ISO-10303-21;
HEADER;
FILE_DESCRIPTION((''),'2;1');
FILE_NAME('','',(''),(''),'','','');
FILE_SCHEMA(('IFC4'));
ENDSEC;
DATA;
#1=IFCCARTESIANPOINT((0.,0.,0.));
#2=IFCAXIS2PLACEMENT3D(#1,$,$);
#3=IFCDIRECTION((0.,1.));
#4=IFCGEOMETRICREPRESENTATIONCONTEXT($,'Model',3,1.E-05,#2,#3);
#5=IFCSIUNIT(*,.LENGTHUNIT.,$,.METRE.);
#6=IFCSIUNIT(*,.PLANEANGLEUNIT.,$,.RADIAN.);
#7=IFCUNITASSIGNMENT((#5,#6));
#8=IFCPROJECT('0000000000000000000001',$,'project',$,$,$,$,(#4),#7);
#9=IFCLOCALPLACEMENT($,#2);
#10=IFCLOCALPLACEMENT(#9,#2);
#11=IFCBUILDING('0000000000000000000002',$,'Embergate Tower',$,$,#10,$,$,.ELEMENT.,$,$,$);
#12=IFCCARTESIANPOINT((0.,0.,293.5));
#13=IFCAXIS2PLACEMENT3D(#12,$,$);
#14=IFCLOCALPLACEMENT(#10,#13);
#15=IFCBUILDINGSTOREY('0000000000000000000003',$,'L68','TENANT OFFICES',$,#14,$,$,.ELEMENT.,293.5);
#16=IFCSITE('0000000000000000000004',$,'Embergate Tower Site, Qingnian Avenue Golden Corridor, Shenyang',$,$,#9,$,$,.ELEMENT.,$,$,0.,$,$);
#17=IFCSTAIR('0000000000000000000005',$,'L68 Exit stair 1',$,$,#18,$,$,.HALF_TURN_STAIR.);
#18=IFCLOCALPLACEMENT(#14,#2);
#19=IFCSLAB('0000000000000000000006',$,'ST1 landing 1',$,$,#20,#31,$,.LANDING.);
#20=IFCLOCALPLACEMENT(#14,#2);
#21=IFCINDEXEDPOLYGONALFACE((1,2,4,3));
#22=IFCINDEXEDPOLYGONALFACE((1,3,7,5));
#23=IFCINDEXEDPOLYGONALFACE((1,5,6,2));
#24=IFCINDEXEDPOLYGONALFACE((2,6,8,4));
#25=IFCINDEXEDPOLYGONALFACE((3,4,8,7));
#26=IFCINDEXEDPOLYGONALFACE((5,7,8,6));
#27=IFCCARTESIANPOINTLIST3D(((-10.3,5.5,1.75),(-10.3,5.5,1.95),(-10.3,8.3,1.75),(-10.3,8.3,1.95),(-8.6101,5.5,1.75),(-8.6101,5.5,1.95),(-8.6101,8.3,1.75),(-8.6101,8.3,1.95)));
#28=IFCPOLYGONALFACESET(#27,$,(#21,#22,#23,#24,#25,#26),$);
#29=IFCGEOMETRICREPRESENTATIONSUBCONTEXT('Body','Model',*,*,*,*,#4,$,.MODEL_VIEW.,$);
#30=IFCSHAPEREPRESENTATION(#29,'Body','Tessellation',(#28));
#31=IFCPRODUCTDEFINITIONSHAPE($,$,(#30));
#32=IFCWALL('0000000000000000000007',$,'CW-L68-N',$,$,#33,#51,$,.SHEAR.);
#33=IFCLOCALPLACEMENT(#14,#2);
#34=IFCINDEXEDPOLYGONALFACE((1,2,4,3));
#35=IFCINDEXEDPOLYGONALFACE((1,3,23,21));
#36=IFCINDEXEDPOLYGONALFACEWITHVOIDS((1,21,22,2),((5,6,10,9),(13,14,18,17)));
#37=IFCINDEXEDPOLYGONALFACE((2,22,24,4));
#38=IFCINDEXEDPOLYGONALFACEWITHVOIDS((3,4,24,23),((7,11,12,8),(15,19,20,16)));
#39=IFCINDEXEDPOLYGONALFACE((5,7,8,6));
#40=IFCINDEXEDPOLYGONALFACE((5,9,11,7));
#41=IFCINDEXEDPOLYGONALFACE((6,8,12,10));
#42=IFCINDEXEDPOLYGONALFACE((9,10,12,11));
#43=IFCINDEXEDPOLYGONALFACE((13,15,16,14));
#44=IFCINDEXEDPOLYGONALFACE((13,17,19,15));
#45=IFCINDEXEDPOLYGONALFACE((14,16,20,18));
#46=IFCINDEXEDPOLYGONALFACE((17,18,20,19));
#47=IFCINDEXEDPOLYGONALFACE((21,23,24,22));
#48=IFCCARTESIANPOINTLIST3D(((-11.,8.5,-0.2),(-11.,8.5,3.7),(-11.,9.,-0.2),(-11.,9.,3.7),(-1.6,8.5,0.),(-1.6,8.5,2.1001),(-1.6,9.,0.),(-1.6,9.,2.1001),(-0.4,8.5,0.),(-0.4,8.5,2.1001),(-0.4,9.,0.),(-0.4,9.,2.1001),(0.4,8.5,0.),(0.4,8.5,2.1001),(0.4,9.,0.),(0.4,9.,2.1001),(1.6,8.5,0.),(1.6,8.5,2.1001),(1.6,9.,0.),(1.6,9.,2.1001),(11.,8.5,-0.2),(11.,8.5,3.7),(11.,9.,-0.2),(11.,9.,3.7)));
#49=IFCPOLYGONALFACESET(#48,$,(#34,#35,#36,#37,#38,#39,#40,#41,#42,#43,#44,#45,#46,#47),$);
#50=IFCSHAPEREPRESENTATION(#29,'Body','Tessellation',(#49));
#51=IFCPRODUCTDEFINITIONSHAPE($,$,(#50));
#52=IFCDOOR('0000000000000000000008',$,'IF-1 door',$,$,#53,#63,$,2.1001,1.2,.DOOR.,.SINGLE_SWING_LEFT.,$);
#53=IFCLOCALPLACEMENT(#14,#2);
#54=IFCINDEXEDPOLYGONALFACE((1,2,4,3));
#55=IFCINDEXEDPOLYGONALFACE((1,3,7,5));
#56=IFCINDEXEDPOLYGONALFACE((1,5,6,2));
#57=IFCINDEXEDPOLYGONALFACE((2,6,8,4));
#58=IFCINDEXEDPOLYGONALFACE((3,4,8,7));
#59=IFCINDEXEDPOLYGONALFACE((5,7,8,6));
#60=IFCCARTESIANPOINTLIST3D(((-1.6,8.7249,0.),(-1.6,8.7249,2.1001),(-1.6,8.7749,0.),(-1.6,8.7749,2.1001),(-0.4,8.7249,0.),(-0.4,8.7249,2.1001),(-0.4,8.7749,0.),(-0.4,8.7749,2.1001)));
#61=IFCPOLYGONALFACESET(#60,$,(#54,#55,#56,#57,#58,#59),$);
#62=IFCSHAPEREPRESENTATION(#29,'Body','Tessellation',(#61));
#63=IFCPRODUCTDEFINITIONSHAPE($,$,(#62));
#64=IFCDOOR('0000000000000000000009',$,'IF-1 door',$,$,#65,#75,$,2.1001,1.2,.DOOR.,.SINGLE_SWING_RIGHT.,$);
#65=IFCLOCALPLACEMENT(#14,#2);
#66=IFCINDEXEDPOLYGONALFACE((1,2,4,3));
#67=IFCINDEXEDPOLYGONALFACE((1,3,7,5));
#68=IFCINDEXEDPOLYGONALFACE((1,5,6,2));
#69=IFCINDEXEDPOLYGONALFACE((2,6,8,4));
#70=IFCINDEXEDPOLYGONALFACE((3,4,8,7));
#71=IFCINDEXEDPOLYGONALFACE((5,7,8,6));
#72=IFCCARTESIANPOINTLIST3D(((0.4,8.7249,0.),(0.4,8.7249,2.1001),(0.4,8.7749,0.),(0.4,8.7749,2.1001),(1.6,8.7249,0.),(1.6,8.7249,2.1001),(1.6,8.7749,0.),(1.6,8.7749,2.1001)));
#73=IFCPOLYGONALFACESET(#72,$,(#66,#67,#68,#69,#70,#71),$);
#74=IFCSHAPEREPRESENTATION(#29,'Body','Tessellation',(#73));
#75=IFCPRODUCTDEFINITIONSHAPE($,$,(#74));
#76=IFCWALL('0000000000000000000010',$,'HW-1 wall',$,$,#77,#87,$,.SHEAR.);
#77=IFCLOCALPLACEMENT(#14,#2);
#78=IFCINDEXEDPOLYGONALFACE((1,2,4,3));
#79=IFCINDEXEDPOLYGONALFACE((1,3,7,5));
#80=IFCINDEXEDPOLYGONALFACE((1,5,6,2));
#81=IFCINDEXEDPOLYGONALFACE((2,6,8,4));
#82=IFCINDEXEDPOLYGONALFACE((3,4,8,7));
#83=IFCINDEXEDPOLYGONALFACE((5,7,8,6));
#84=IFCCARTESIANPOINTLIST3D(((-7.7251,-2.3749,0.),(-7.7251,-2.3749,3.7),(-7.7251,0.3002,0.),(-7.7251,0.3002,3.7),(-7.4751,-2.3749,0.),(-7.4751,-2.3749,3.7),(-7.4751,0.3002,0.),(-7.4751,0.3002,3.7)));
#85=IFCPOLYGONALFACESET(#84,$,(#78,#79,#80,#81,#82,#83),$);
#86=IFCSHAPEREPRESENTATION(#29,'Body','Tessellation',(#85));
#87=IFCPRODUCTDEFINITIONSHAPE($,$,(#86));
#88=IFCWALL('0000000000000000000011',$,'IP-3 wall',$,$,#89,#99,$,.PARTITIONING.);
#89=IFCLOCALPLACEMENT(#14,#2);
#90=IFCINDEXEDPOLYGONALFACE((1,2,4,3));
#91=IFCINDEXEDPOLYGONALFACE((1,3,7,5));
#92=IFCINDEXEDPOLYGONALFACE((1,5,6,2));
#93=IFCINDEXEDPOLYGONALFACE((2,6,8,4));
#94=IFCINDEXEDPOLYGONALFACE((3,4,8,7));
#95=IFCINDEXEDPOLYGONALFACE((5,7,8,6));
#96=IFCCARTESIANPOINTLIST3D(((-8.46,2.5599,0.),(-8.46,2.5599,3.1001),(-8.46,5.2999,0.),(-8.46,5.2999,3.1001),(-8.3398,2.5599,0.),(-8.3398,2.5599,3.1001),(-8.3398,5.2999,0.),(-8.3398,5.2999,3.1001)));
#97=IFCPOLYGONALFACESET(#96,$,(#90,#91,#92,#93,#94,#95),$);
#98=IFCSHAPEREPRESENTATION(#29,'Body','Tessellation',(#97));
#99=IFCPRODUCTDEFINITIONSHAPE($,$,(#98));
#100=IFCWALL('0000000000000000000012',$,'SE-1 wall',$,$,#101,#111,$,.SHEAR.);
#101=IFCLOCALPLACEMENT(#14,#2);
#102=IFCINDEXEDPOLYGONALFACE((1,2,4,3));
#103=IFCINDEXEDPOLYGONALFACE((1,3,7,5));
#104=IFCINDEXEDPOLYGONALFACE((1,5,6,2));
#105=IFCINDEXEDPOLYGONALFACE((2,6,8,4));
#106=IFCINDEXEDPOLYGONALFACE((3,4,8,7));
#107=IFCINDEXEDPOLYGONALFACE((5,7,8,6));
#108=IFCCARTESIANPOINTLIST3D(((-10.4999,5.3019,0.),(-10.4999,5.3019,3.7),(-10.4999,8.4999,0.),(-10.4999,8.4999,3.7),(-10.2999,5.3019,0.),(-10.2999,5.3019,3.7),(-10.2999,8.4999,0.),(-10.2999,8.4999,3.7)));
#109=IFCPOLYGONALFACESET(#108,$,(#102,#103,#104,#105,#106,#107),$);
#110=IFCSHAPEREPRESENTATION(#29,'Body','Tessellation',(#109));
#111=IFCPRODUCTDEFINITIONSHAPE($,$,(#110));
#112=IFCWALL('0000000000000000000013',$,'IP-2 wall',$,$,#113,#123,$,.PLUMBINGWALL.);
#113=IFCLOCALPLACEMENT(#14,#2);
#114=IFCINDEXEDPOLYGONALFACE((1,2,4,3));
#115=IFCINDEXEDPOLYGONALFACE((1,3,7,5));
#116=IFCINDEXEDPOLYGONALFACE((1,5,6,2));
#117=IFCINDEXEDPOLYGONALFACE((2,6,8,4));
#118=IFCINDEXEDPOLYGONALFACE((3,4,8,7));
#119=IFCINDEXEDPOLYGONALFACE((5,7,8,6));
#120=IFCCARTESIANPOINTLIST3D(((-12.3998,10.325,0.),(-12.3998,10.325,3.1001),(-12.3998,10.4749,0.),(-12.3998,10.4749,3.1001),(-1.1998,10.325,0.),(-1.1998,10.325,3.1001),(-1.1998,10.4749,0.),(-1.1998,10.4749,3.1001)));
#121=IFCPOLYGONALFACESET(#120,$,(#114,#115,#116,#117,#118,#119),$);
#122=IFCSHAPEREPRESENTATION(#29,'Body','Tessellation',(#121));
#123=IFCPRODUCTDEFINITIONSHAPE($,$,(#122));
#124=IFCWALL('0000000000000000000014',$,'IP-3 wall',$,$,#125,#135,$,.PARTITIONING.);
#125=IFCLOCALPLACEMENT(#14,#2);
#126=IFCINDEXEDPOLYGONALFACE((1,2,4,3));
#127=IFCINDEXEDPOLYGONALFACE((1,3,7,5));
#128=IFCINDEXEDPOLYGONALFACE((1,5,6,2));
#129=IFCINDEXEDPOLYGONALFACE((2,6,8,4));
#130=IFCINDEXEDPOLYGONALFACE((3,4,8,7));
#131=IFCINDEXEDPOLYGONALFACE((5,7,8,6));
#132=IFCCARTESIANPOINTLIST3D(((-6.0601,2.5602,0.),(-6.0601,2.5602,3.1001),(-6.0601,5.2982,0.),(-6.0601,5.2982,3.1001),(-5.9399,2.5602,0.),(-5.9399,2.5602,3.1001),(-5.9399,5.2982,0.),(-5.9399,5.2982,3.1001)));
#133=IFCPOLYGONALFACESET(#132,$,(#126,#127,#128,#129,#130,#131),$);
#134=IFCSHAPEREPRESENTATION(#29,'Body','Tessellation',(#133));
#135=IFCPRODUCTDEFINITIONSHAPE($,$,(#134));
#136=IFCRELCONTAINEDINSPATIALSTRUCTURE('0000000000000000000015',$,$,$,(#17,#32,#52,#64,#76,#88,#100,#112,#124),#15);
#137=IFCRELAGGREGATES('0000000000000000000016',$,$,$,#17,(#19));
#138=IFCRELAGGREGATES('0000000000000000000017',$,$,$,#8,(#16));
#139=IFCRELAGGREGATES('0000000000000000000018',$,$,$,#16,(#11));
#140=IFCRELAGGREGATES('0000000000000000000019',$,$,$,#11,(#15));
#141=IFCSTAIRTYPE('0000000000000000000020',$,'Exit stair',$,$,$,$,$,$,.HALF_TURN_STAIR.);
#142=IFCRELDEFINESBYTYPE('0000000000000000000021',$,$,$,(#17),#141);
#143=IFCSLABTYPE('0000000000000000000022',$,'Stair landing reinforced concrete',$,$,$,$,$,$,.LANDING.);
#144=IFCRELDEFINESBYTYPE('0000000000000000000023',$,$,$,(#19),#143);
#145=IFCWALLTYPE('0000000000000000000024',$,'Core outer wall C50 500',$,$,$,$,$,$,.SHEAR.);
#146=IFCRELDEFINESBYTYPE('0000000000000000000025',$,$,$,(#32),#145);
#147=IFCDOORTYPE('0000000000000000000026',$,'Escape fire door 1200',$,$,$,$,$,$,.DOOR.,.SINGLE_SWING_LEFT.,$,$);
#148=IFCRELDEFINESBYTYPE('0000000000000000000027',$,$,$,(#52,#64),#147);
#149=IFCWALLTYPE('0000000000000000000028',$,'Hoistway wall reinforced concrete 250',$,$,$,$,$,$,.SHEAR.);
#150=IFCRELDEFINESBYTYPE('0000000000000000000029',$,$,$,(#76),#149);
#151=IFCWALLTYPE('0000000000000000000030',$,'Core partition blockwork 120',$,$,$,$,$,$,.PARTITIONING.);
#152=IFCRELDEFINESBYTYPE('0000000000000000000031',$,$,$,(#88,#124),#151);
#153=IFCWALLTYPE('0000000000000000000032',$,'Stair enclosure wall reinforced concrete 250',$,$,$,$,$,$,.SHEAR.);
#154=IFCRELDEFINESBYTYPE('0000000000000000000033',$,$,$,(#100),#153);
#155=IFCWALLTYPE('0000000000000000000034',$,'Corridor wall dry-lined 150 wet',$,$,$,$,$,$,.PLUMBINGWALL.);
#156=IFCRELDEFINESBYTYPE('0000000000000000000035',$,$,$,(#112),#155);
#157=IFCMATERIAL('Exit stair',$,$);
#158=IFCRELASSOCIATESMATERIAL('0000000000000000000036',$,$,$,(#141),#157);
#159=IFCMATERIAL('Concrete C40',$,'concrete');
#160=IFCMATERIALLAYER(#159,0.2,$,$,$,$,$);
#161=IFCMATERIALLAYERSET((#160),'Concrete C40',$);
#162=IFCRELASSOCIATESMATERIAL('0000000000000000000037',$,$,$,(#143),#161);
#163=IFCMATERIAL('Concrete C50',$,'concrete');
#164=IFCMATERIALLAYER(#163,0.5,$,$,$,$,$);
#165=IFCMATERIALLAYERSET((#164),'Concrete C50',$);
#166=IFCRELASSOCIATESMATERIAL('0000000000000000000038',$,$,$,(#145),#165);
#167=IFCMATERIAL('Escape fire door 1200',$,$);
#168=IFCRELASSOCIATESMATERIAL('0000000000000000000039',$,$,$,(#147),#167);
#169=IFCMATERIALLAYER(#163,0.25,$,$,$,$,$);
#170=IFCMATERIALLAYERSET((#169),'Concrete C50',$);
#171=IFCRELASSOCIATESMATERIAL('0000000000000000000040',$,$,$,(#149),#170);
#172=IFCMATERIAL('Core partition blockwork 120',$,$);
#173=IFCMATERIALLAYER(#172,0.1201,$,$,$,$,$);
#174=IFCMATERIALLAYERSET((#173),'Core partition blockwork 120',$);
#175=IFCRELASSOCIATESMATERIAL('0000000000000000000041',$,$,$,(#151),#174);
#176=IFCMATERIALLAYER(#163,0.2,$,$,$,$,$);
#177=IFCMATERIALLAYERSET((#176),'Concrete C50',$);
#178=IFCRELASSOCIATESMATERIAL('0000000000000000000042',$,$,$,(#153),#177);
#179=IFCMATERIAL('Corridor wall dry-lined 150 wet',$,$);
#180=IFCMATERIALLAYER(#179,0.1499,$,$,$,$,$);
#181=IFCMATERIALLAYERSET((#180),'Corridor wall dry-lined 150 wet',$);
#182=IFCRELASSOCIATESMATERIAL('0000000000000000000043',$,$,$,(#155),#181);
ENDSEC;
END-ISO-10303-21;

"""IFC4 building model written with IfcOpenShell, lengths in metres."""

from ifc_helpers import new_model, si_unit, direction, frame, frame_2d, origin, place, context, subcontext, project, spatial, polyline, rectangle, outline, extrude, source, transform, mapped, material, layer, layer_set, type_object, element, fill, aggregate, save


model = new_model("IFC4")

# Units and contexts
model_context = context("Model", 3, precision=1e-05, world=origin(), true_north=direction((0.0, 1.0)))
body_context = subcontext(model_context, "Body", "Model", "MODEL_VIEW")
ifc_project = project(units=[si_unit("LENGTHUNIT", "METRE"), si_unit("PLANEANGLEUNIT", "RADIAN")], contexts=[model_context])

# Site, building, storey
site_placement = place(None, origin())
site = spatial("IfcSite", under=ifc_project, at=site_placement, Name="Embergate Tower Site, Qingnian Avenue Golden Corridor, Shenyang", CompositionType="ELEMENT", RefElevation=0.0)
building_placement = place(site_placement, origin())
building = spatial("IfcBuilding", under=site, at=building_placement, Name="Embergate Tower", CompositionType="ELEMENT")
storey_placement = place(building_placement, frame((0.0, 0.0, 293.5)))
storey = spatial("IfcBuildingStorey", under=building, at=storey_placement, Name="L68", Description="TENANT OFFICES", CompositionType="ELEMENT", Elevation=293.5)

# Stair, slab
ifc_material_1 = material(Name="Exit stair")
stair_type = type_object("IfcStairType", Name="Exit stair", PredefinedType="HALF_TURN_STAIR", material=ifc_material_1)
stair_placement = place(storey_placement, origin())
stair = element("IfcStair", 1, at=stair_placement, inside=storey, type_object=stair_type, Name="L68 Exit stair 1", PredefinedType="HALF_TURN_STAIR")
ifc_material_2 = material(Name="Concrete C40", Category="concrete")
ifc_layer_1 = layer(ifc_material_2, 0.2)
ifc_layer_set_1 = layer_set([ifc_layer_1], Name="Concrete C40")
slab_type = type_object("IfcSlabType", Name="Stair landing reinforced concrete", PredefinedType="LANDING", material=ifc_layer_set_1)
shared_shape_1 = source(origin(), body_context, "Body", "SweptSolid", [
    extrude(outline(polyline([(0.0, 0.0), (1.6899, 0.0), (1.6899, 2.8), (0.0, 2.8), (0.0, 0.0)])), origin(), (0.0, 0.0, 1.0), 0.2),
])
slab_placement = place(storey_placement, frame((-10.3, 5.5, 1.75)))
slab = element("IfcSlab", 2, at=slab_placement, type_object=slab_type, Name="ST1 landing 1", PredefinedType="LANDING", context=body_context, shape_type="MappedRepresentation", body=[
    mapped(shared_shape_1, transform((0.0, 0.0, 0.0))),
])

# Wall, openings, doors
ifc_material_3 = material(Name="Concrete C50", Category="concrete")
ifc_layer_2 = layer(ifc_material_3, 0.5)
ifc_layer_set_2 = layer_set([ifc_layer_2], Name="Concrete C50")
wall_type_1 = type_object("IfcWallType", Name="Core outer wall C50 500", PredefinedType="SHEAR", material=ifc_layer_set_2)
shared_shape_2 = source(origin(), body_context, "Body", "SweptSolid", [
    extrude(rectangle(XDim=22.0, YDim=0.5, at=frame_2d((11.0, 0.0))), origin(), (0.0, 0.0, 1.0), 3.8999),
])
wall_1_placement = place(storey_placement, frame((-11.0, 8.75, -0.2), z_axis=(0.0, 0.0, 1.0), x_axis=(1.0, 0.0, 0.0)))
wall_1 = element("IfcWall", 3, at=wall_1_placement, inside=storey, type_object=wall_type_1, Name="CW-L68-N", PredefinedType="SHEAR", context=body_context, shape_type="MappedRepresentation", body=[
    mapped(shared_shape_2, transform((0.0, 0.0, 0.0))),
])
shared_shape_3 = source(origin(), body_context, "Body", "SweptSolid", [
    extrude(rectangle(XDim=1.2, YDim=2.1001, at=frame_2d((0.6001, 1.05))), frame((0.0, 0.26, 0.0), z_axis=(0.0, -1.0, 0.0), x_axis=(1.0, 0.0, 0.0)), (0.0, 0.0, 1.0), 0.52),
])
opening_1_placement = place(wall_1_placement, frame((9.3999, 0.0, 0.2)))
opening_1 = element("IfcOpeningElement", 4, at=opening_1_placement, cuts=wall_1, PredefinedType="OPENING", context=body_context, shape_type="MappedRepresentation", body=[
    mapped(shared_shape_3, transform((0.0, 0.0, 0.0))),
])
opening_2_placement = place(wall_1_placement, frame((11.3999, 0.0, 0.2)))
opening_2 = element("IfcOpeningElement", 5, at=opening_2_placement, cuts=wall_1, PredefinedType="OPENING", context=body_context, shape_type="MappedRepresentation", body=[
    mapped(shared_shape_3, transform((0.0, 0.0, 0.0))),
])
ifc_material_4 = material(Name="Escape fire door 1200")
door_type_1 = type_object("IfcDoorType", Name="Escape fire door 1200", OperationType="SINGLE_SWING_LEFT", PredefinedType="DOOR", material=ifc_material_4)
shared_shape_4 = source(origin(), body_context, "Body", "SweptSolid", [
    extrude(rectangle(XDim=1.2, YDim=2.1001, at=frame_2d((0.6001, 1.05))), frame((0.0, 0.0249, 0.0), z_axis=(0.0, -1.0, 0.0), x_axis=(1.0, 0.0, 0.0)), (0.0, 0.0, 1.0), 0.05),
])
door_1_placement = place(opening_1_placement, origin())
door_1 = element("IfcDoor", 6, at=door_1_placement, inside=storey, type_object=door_type_1, Name="IF-1 door", OperationType="SINGLE_SWING_LEFT", OverallHeight=2.1001, OverallWidth=1.2, PredefinedType="DOOR", context=body_context, shape_type="MappedRepresentation", body=[
    mapped(shared_shape_4, transform((0.0, 0.0, 0.0))),
])
fill(opening_1, door_1)
door_2_placement = place(opening_2_placement, origin())
door_2 = element("IfcDoor", 7, at=door_2_placement, inside=storey, type_object=door_type_1, Name="IF-1 door", OperationType="SINGLE_SWING_RIGHT", OverallHeight=2.1001, OverallWidth=1.2, PredefinedType="DOOR", context=body_context, shape_type="MappedRepresentation", body=[
    mapped(shared_shape_4, transform((0.0, 0.0, 0.0))),
])
fill(opening_2, door_2)

# Walls
ifc_layer_3 = layer(ifc_material_3, 0.25)
ifc_layer_set_3 = layer_set([ifc_layer_3], Name="Concrete C50")
wall_type_2 = type_object("IfcWallType", Name="Hoistway wall reinforced concrete 250", PredefinedType="SHEAR", material=ifc_layer_set_3)
shared_shape_5 = source(origin(), body_context, "Body", "SweptSolid", [
    extrude(rectangle(XDim=2.675, YDim=0.25, at=frame_2d((1.3374, 0.0))), origin(), (0.0, 0.0, 1.0), 3.7),
])
wall_2_placement = place(storey_placement, frame((-7.6001, 0.3, 0.0), z_axis=(0.0, 0.0, 1.0), x_axis=(0.0, -1.0, 0.0)))
element("IfcWall", 8, at=wall_2_placement, inside=storey, type_object=wall_type_2, Name="HW-1 wall", PredefinedType="SHEAR", context=body_context, shape_type="MappedRepresentation", body=[
    mapped(shared_shape_5, transform((0.0, 0.0, 0.0))),
])
ifc_material_5 = material(Name="Core partition blockwork 120")
ifc_layer_4 = layer(ifc_material_5, 0.1201)
ifc_layer_set_4 = layer_set([ifc_layer_4], Name="Core partition blockwork 120")
wall_type_3 = type_object("IfcWallType", Name="Core partition blockwork 120", PredefinedType="PARTITIONING", material=ifc_layer_set_4)
shared_shape_6 = source(origin(), body_context, "Body", "SweptSolid", [
    extrude(rectangle(XDim=2.74, YDim=0.1201, at=frame_2d((1.3701, 0.0))), origin(), (0.0, 0.0, 1.0), 3.1001),
])
wall_3_placement = place(storey_placement, frame((-8.3999, 5.3, 0.0), z_axis=(0.0, 0.0, 1.0), x_axis=(0.0, -1.0, 0.0)))
element("IfcWall", 9, at=wall_3_placement, inside=storey, type_object=wall_type_3, Name="IP-3 wall", PredefinedType="PARTITIONING", context=body_context, shape_type="MappedRepresentation", body=[
    mapped(shared_shape_6, transform((0.0, 0.0, 0.0))),
])
ifc_layer_5 = layer(ifc_material_3, 0.2)
ifc_layer_set_5 = layer_set([ifc_layer_5], Name="Concrete C50")
wall_type_4 = type_object("IfcWallType", Name="Stair enclosure wall reinforced concrete 250", PredefinedType="SHEAR", material=ifc_layer_set_5)
shared_shape_7 = source(origin(), body_context, "Body", "SweptSolid", [
    extrude(rectangle(XDim=3.198, YDim=0.2, at=frame_2d((1.5991, 0.0))), origin(), (0.0, 0.0, 1.0), 3.7),
])
wall_4_placement = place(storey_placement, frame((-10.3999, 8.5, 0.0), z_axis=(0.0, 0.0, 1.0), x_axis=(0.0, -1.0, 0.0)))
element("IfcWall", 10, at=wall_4_placement, inside=storey, type_object=wall_type_4, Name="SE-1 wall", PredefinedType="SHEAR", context=body_context, shape_type="MappedRepresentation", body=[
    mapped(shared_shape_7, transform((0.0, 0.0, 0.0))),
])
ifc_material_6 = material(Name="Corridor wall dry-lined 150 wet")
ifc_layer_6 = layer(ifc_material_6, 0.1499)
ifc_layer_set_6 = layer_set([ifc_layer_6], Name="Corridor wall dry-lined 150 wet")
wall_type_5 = type_object("IfcWallType", Name="Corridor wall dry-lined 150 wet", PredefinedType="PLUMBINGWALL", material=ifc_layer_set_6)
shared_shape_8 = source(origin(), body_context, "Body", "SweptSolid", [
    extrude(rectangle(XDim=11.2, YDim=0.1499, at=frame_2d((5.6001, 0.0))), origin(), (0.0, 0.0, 1.0), 3.1001),
])
wall_5_placement = place(storey_placement, frame((-12.3999, 10.3999, 0.0), z_axis=(0.0, 0.0, 1.0), x_axis=(1.0, 0.0, 0.0)))
element("IfcWall", 11, at=wall_5_placement, inside=storey, type_object=wall_type_5, Name="IP-2 wall", PredefinedType="PLUMBINGWALL", context=body_context, shape_type="MappedRepresentation", body=[
    mapped(shared_shape_8, transform((0.0, 0.0, 0.0))),
])
shared_shape_9 = source(origin(), body_context, "Body", "SweptSolid", [
    extrude(rectangle(XDim=2.738, YDim=0.1201, at=frame_2d((1.3691, 0.0))), origin(), (0.0, 0.0, 1.0), 3.1001),
])
wall_6_placement = place(storey_placement, frame((-6.0, 2.5601, 0.0), z_axis=(0.0, 0.0, 1.0), x_axis=(0.0, 1.0, 0.0)))
element("IfcWall", 12, at=wall_6_placement, inside=storey, type_object=wall_type_3, Name="IP-3 wall", PredefinedType="PARTITIONING", context=body_context, shape_type="MappedRepresentation", body=[
    mapped(shared_shape_9, transform((0.0, 0.0, 0.0))),
])

aggregate(stair, [slab])

save(model, "model.ifc")
